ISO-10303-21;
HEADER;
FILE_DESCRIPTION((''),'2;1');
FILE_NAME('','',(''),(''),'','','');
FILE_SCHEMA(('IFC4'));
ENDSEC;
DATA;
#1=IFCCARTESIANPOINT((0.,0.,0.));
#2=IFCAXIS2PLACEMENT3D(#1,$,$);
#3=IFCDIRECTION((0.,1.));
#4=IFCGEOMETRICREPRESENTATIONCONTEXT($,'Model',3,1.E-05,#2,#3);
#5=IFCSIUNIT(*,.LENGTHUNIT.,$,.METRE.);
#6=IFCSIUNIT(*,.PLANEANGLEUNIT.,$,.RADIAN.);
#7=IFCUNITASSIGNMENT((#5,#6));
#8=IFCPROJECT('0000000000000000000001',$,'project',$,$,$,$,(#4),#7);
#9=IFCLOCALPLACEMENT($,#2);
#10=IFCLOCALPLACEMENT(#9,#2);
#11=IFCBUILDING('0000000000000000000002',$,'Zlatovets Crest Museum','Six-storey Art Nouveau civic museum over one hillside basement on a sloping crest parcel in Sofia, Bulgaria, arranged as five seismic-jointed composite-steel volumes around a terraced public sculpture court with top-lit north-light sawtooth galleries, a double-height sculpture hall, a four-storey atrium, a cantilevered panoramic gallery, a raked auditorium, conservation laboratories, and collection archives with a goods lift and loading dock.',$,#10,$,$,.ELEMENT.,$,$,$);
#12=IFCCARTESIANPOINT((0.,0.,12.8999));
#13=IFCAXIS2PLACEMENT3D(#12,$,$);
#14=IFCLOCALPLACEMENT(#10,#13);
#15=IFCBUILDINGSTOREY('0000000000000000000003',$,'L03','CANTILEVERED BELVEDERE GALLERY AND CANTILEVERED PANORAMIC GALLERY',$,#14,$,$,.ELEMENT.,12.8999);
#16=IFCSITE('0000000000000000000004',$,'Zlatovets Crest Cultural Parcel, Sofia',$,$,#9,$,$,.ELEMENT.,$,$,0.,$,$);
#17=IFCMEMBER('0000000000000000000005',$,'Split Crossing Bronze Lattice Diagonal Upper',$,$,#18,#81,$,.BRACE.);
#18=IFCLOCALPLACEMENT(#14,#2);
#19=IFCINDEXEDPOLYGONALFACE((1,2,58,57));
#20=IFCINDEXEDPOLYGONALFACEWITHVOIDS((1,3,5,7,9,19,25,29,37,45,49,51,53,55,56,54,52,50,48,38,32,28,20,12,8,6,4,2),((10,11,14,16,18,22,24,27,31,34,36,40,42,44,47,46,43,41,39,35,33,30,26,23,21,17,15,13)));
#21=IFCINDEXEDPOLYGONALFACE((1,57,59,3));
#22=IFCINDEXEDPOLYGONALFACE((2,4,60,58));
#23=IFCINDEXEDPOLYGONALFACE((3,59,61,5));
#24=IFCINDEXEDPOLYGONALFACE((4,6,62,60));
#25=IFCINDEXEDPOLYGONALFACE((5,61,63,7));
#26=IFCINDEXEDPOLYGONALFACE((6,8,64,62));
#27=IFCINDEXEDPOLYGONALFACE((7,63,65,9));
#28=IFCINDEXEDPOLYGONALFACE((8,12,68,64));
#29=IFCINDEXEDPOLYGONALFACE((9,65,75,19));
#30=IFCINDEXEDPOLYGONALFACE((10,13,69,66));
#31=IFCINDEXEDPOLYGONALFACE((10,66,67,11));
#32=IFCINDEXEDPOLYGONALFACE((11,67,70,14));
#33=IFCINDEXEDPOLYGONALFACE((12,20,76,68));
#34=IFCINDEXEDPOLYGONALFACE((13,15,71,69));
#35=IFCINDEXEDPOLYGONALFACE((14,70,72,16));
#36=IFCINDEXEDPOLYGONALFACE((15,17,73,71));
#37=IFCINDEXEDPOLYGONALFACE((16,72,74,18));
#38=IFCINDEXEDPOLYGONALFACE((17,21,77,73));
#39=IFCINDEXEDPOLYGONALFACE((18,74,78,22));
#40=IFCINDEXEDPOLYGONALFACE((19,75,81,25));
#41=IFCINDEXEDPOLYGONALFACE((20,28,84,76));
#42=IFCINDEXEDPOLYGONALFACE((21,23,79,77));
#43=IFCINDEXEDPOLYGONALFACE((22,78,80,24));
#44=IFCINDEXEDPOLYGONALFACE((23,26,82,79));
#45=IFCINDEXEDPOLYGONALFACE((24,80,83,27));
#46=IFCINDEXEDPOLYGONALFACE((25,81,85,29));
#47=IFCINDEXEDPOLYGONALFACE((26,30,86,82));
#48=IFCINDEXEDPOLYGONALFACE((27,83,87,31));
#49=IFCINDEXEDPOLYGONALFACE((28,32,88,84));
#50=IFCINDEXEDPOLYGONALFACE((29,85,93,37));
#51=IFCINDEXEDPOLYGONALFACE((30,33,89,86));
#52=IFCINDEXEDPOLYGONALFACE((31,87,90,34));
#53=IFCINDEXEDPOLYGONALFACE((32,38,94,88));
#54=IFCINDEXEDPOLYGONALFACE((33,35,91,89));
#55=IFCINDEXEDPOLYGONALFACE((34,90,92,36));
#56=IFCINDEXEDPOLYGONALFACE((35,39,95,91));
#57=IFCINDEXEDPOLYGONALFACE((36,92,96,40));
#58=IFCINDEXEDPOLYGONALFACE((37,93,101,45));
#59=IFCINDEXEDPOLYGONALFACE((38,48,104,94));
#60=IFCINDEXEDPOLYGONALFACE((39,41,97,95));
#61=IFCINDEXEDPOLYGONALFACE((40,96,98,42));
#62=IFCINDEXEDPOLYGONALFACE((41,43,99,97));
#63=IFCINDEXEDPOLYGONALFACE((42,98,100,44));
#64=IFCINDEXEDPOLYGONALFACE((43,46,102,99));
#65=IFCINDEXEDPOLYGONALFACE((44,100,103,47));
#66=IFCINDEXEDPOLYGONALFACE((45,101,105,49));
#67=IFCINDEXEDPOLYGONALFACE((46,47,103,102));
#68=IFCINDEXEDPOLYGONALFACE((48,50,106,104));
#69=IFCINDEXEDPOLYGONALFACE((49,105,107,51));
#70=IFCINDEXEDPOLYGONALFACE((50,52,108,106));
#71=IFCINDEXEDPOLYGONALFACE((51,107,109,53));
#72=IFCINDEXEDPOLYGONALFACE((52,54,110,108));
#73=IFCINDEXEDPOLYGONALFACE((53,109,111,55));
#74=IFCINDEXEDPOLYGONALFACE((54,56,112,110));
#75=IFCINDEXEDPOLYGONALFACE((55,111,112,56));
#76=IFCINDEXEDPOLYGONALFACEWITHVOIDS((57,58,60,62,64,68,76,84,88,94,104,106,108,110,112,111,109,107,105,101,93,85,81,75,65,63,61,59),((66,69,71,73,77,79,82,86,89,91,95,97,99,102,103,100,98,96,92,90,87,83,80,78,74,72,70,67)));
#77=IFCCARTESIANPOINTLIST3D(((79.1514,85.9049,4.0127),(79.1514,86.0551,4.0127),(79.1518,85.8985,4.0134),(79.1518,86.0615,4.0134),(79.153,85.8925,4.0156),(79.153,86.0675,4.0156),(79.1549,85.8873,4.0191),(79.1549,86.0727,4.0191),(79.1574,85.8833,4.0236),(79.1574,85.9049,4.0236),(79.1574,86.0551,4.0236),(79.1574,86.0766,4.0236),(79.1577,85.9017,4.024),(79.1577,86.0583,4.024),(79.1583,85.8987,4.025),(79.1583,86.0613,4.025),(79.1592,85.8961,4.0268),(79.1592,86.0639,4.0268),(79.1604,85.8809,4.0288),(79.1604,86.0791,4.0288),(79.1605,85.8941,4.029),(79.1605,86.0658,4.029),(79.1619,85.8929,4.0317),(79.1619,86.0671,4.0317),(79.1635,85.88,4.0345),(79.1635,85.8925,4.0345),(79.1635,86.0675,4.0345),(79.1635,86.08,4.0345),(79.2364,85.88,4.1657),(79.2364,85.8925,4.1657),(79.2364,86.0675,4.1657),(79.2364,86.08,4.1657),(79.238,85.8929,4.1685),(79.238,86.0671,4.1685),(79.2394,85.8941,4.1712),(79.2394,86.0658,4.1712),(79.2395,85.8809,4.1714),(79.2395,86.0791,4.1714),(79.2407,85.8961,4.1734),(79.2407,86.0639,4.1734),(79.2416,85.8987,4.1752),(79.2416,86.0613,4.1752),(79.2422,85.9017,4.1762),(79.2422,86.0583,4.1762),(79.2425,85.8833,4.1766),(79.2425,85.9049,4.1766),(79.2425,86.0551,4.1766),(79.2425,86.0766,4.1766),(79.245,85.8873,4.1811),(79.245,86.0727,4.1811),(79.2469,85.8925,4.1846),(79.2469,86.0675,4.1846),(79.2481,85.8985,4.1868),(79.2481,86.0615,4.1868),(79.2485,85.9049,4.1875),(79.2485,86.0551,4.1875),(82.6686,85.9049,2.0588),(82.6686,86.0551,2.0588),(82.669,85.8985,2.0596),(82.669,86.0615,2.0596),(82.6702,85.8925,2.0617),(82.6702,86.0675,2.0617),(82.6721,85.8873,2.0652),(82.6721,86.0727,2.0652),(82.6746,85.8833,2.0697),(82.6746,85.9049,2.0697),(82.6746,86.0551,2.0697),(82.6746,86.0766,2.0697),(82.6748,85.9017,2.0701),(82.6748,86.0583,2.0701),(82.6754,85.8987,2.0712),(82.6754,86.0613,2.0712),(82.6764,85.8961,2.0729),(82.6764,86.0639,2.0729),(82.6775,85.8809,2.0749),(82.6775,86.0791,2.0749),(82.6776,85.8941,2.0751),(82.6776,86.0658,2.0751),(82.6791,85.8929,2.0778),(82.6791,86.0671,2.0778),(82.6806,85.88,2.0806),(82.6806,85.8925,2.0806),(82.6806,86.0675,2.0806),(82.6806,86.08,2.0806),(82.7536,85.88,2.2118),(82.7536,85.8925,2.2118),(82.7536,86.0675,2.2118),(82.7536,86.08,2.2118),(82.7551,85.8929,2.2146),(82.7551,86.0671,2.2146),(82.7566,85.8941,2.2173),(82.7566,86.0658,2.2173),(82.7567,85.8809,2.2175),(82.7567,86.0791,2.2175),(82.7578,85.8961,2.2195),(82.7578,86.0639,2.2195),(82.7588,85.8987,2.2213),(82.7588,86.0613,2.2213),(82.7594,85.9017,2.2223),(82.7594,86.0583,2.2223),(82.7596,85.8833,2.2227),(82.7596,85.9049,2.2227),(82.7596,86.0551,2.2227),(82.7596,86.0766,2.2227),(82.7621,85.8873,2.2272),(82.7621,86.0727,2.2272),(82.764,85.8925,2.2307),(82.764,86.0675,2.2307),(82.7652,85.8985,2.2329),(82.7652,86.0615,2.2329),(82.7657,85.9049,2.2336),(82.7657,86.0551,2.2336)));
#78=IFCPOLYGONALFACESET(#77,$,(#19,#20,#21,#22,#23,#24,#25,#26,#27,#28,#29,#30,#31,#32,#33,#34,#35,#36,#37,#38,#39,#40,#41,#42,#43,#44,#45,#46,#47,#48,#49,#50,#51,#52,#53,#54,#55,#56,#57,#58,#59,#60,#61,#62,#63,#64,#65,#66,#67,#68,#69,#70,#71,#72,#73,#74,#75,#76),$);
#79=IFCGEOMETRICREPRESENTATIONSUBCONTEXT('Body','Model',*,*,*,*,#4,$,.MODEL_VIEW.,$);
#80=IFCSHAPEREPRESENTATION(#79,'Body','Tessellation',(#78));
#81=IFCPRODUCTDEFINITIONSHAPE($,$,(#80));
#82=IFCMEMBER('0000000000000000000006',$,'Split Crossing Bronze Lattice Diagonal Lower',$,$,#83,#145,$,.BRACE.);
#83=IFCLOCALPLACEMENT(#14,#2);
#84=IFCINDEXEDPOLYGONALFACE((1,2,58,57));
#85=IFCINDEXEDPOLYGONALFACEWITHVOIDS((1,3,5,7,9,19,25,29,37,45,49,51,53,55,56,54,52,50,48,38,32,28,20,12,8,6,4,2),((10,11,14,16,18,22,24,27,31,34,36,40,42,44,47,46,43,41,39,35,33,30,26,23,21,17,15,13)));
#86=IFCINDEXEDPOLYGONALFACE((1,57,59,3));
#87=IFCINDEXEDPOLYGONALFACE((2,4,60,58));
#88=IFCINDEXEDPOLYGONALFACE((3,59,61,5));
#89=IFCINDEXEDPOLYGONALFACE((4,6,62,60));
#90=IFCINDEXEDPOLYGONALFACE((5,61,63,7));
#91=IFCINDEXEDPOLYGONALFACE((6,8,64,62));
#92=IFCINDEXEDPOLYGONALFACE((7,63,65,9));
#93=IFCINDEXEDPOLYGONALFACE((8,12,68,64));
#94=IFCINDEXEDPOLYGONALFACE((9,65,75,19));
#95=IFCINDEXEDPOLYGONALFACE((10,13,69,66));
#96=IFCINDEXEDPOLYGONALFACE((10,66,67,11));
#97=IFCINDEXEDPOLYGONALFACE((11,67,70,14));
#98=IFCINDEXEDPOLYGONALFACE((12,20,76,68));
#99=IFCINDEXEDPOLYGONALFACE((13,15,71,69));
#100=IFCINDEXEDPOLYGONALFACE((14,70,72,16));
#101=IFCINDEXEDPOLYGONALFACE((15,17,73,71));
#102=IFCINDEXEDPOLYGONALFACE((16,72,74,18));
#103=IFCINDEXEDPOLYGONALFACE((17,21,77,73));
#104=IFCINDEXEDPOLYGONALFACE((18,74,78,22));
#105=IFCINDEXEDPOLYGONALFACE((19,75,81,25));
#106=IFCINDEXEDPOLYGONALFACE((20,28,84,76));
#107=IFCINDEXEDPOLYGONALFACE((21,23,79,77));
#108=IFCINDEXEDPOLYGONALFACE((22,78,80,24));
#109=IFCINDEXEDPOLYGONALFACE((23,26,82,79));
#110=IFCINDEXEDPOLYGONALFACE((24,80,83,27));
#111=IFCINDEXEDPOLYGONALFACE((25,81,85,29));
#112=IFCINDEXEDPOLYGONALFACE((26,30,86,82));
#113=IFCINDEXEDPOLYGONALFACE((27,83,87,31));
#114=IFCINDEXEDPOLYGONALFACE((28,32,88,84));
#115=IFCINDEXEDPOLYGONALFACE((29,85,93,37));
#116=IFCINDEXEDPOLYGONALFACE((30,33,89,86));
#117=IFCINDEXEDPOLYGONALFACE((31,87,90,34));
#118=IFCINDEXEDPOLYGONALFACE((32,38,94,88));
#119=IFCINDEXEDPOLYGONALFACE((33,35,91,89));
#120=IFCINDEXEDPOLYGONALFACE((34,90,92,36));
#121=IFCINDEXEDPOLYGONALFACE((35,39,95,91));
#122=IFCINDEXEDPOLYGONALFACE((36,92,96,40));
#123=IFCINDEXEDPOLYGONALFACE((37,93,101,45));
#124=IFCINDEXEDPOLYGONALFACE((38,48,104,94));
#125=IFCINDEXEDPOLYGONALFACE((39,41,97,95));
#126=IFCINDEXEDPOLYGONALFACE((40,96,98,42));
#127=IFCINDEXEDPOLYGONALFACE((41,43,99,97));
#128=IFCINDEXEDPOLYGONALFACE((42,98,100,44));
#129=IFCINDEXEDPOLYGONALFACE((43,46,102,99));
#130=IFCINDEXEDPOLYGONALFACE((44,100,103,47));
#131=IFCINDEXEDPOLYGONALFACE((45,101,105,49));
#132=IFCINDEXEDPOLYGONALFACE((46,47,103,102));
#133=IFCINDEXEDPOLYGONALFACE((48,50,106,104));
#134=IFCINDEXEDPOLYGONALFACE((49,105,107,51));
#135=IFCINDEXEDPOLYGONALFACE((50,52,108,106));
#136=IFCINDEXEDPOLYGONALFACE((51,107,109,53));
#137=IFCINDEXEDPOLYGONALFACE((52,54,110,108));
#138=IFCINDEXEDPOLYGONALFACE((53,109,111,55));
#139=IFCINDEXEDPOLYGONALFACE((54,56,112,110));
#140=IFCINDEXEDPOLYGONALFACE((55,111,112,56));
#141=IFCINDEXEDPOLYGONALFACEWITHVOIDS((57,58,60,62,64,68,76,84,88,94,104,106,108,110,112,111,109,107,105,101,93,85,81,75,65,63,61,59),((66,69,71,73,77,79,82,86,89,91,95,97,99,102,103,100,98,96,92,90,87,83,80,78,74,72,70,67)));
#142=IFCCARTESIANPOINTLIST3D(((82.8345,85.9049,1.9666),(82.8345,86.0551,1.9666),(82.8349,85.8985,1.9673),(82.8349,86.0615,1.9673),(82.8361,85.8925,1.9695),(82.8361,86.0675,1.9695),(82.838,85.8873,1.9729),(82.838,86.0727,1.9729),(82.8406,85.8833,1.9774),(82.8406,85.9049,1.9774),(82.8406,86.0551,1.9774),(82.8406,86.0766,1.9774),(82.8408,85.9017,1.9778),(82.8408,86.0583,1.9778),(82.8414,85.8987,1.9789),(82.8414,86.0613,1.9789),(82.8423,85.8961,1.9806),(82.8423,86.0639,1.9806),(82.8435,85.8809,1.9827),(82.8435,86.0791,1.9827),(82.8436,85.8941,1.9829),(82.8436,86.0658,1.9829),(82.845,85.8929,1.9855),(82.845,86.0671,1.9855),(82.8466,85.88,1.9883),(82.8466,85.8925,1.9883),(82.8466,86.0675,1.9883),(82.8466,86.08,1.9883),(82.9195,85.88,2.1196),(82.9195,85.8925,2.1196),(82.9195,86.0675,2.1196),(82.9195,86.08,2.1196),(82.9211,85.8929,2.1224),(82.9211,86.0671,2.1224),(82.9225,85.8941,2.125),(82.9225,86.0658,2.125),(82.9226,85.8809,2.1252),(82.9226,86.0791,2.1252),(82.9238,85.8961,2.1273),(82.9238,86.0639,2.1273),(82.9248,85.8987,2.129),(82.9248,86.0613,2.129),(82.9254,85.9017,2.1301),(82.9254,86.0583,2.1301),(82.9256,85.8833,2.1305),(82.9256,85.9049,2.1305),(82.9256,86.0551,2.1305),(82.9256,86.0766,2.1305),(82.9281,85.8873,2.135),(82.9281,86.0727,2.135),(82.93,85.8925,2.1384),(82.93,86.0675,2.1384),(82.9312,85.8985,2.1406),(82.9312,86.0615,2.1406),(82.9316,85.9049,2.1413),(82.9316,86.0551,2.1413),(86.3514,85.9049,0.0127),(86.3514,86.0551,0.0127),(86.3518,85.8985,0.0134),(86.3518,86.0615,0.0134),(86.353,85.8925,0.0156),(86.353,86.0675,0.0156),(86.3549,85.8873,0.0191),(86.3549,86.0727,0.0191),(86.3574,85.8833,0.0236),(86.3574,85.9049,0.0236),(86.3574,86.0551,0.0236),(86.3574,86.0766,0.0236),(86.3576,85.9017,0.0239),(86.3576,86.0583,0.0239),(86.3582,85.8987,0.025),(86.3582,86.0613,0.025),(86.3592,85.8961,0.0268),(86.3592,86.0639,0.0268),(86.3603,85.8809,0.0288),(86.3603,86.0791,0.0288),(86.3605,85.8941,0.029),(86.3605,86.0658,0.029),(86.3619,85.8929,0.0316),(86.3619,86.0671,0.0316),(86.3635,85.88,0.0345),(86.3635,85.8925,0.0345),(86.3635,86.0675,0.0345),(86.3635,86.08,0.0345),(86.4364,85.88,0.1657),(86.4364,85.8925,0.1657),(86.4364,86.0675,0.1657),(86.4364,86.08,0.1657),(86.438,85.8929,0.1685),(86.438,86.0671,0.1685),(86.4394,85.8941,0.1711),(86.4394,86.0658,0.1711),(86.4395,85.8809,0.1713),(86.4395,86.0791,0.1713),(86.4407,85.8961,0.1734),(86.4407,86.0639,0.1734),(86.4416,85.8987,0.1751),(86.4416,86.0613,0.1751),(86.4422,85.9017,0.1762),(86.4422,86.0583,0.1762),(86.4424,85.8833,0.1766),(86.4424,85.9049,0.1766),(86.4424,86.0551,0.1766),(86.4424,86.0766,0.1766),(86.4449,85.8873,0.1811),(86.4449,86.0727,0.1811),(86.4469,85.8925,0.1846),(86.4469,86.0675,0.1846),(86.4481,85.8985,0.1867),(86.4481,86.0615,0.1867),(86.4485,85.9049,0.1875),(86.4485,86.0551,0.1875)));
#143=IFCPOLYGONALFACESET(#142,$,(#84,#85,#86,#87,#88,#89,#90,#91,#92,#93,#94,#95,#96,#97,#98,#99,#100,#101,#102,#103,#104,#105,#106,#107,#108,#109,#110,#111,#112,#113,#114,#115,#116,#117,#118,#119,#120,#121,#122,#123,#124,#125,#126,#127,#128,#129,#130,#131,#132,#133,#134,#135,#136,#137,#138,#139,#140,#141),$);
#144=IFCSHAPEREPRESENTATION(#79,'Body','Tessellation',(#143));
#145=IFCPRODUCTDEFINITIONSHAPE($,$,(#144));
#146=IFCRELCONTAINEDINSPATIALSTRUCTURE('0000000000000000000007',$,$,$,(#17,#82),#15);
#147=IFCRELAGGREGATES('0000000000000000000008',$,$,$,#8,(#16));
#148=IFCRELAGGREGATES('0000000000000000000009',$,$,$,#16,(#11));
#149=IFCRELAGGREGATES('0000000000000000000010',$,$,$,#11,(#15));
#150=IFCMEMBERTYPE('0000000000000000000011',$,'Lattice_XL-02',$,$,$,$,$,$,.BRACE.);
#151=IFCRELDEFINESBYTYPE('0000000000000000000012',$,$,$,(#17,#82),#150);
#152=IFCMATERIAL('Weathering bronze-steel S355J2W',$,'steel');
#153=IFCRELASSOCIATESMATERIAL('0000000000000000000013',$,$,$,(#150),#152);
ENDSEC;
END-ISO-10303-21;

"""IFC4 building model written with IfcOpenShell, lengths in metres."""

from ifc_helpers import new_model, si_unit, direction, frame, origin, origin_2d, place, context, subcontext, project, spatial, hollow_rectangle, extrude, material, material_profile, profile_set, type_object, element, save


model = new_model("IFC4")

# Units and contexts
model_context = context("Model", 3, precision=1e-05, world=origin(), true_north=direction((0.0, 1.0)))
body_context = subcontext(model_context, "Body", "Model", "MODEL_VIEW")
ifc_project = project(units=[si_unit("LENGTHUNIT", "METRE"), si_unit("PLANEANGLEUNIT", "RADIAN")], contexts=[model_context])

# Site, building, storey
site_placement = place(None, origin())
site = spatial("IfcSite", under=ifc_project, at=site_placement, Name="Zlatovets Crest Cultural Parcel, Sofia", CompositionType="ELEMENT", RefElevation=0.0)
building_placement = place(site_placement, origin())
building = spatial("IfcBuilding", under=site, at=building_placement, Name="Zlatovets Crest Museum", Description="Six-storey Art Nouveau civic museum over one hillside basement on a sloping crest parcel in Sofia, Bulgaria, arranged as five seismic-jointed composite-steel volumes around a terraced public sculpture court with top-lit north-light sawtooth galleries, a double-height sculpture hall, a four-storey atrium, a cantilevered panoramic gallery, a raked auditorium, conservation laboratories, and collection archives with a goods lift and loading dock.", CompositionType="ELEMENT")
storey_placement = place(building_placement, frame((0.0, 0.0, 12.8999)))
storey = spatial("IfcBuildingStorey", under=building, at=storey_placement, Name="L03", Description="CANTILEVERED BELVEDERE GALLERY AND CANTILEVERED PANORAMIC GALLERY", CompositionType="ELEMENT", Elevation=12.8999)

# Members
ifc_material_1 = material(Name="Weathering bronze-steel S355J2W", Category="steel")
ifc_material_profile_1 = material_profile(ifc_material_1, hollow_rectangle(XDim=0.2, YDim=0.2, WallThickness=0.0125, InnerFilletRadius=0.0125, OuterFilletRadius=0.0249, at=origin_2d()), Name="SHS 200x200x12.5")
ifc_profile_set_1 = profile_set([ifc_material_profile_1], Name="Weathering bronze-steel S355J2W")
member_type_1 = type_object("IfcMemberType", Name="Lattice_XL-02", PredefinedType="BRACE", material=ifc_profile_set_1)
member_1_placement = place(storey_placement, frame((79.2, 85.98, 4.1001), z_axis=(0.874166, 0.0, -0.485627), x_axis=(0.0, 1.0, 0.0)))
element("IfcMember", 1, at=member_1_placement, inside=storey, type_object=member_type_1, Name="Split Crossing Bronze Lattice Diagonal Upper", PredefinedType="BRACE", context=body_context, shape_type="SweptSolid", body=[
    extrude(hollow_rectangle(XDim=0.2, YDim=0.2, WallThickness=0.0125, InnerFilletRadius=0.0125, OuterFilletRadius=0.0249, at=origin_2d()), origin(), (0.0, 0.0, 1.0), 4.0234),
])
member_2_placement = place(storey_placement, frame((82.8831, 85.98, 2.054), z_axis=(0.874152, 0.0, -0.485653), x_axis=(0.0, 1.0, 0.0)))
element("IfcMember", 2, at=member_2_placement, inside=storey, type_object=member_type_1, Name="Split Crossing Bronze Lattice Diagonal Lower", PredefinedType="BRACE", context=body_context, shape_type="SweptSolid", body=[
    extrude(hollow_rectangle(XDim=0.2, YDim=0.2, WallThickness=0.0125, InnerFilletRadius=0.0125, OuterFilletRadius=0.0249, at=origin_2d()), origin(), (0.0, 0.0, 1.0), 4.0232),
])

save(model, "model.ifc")
